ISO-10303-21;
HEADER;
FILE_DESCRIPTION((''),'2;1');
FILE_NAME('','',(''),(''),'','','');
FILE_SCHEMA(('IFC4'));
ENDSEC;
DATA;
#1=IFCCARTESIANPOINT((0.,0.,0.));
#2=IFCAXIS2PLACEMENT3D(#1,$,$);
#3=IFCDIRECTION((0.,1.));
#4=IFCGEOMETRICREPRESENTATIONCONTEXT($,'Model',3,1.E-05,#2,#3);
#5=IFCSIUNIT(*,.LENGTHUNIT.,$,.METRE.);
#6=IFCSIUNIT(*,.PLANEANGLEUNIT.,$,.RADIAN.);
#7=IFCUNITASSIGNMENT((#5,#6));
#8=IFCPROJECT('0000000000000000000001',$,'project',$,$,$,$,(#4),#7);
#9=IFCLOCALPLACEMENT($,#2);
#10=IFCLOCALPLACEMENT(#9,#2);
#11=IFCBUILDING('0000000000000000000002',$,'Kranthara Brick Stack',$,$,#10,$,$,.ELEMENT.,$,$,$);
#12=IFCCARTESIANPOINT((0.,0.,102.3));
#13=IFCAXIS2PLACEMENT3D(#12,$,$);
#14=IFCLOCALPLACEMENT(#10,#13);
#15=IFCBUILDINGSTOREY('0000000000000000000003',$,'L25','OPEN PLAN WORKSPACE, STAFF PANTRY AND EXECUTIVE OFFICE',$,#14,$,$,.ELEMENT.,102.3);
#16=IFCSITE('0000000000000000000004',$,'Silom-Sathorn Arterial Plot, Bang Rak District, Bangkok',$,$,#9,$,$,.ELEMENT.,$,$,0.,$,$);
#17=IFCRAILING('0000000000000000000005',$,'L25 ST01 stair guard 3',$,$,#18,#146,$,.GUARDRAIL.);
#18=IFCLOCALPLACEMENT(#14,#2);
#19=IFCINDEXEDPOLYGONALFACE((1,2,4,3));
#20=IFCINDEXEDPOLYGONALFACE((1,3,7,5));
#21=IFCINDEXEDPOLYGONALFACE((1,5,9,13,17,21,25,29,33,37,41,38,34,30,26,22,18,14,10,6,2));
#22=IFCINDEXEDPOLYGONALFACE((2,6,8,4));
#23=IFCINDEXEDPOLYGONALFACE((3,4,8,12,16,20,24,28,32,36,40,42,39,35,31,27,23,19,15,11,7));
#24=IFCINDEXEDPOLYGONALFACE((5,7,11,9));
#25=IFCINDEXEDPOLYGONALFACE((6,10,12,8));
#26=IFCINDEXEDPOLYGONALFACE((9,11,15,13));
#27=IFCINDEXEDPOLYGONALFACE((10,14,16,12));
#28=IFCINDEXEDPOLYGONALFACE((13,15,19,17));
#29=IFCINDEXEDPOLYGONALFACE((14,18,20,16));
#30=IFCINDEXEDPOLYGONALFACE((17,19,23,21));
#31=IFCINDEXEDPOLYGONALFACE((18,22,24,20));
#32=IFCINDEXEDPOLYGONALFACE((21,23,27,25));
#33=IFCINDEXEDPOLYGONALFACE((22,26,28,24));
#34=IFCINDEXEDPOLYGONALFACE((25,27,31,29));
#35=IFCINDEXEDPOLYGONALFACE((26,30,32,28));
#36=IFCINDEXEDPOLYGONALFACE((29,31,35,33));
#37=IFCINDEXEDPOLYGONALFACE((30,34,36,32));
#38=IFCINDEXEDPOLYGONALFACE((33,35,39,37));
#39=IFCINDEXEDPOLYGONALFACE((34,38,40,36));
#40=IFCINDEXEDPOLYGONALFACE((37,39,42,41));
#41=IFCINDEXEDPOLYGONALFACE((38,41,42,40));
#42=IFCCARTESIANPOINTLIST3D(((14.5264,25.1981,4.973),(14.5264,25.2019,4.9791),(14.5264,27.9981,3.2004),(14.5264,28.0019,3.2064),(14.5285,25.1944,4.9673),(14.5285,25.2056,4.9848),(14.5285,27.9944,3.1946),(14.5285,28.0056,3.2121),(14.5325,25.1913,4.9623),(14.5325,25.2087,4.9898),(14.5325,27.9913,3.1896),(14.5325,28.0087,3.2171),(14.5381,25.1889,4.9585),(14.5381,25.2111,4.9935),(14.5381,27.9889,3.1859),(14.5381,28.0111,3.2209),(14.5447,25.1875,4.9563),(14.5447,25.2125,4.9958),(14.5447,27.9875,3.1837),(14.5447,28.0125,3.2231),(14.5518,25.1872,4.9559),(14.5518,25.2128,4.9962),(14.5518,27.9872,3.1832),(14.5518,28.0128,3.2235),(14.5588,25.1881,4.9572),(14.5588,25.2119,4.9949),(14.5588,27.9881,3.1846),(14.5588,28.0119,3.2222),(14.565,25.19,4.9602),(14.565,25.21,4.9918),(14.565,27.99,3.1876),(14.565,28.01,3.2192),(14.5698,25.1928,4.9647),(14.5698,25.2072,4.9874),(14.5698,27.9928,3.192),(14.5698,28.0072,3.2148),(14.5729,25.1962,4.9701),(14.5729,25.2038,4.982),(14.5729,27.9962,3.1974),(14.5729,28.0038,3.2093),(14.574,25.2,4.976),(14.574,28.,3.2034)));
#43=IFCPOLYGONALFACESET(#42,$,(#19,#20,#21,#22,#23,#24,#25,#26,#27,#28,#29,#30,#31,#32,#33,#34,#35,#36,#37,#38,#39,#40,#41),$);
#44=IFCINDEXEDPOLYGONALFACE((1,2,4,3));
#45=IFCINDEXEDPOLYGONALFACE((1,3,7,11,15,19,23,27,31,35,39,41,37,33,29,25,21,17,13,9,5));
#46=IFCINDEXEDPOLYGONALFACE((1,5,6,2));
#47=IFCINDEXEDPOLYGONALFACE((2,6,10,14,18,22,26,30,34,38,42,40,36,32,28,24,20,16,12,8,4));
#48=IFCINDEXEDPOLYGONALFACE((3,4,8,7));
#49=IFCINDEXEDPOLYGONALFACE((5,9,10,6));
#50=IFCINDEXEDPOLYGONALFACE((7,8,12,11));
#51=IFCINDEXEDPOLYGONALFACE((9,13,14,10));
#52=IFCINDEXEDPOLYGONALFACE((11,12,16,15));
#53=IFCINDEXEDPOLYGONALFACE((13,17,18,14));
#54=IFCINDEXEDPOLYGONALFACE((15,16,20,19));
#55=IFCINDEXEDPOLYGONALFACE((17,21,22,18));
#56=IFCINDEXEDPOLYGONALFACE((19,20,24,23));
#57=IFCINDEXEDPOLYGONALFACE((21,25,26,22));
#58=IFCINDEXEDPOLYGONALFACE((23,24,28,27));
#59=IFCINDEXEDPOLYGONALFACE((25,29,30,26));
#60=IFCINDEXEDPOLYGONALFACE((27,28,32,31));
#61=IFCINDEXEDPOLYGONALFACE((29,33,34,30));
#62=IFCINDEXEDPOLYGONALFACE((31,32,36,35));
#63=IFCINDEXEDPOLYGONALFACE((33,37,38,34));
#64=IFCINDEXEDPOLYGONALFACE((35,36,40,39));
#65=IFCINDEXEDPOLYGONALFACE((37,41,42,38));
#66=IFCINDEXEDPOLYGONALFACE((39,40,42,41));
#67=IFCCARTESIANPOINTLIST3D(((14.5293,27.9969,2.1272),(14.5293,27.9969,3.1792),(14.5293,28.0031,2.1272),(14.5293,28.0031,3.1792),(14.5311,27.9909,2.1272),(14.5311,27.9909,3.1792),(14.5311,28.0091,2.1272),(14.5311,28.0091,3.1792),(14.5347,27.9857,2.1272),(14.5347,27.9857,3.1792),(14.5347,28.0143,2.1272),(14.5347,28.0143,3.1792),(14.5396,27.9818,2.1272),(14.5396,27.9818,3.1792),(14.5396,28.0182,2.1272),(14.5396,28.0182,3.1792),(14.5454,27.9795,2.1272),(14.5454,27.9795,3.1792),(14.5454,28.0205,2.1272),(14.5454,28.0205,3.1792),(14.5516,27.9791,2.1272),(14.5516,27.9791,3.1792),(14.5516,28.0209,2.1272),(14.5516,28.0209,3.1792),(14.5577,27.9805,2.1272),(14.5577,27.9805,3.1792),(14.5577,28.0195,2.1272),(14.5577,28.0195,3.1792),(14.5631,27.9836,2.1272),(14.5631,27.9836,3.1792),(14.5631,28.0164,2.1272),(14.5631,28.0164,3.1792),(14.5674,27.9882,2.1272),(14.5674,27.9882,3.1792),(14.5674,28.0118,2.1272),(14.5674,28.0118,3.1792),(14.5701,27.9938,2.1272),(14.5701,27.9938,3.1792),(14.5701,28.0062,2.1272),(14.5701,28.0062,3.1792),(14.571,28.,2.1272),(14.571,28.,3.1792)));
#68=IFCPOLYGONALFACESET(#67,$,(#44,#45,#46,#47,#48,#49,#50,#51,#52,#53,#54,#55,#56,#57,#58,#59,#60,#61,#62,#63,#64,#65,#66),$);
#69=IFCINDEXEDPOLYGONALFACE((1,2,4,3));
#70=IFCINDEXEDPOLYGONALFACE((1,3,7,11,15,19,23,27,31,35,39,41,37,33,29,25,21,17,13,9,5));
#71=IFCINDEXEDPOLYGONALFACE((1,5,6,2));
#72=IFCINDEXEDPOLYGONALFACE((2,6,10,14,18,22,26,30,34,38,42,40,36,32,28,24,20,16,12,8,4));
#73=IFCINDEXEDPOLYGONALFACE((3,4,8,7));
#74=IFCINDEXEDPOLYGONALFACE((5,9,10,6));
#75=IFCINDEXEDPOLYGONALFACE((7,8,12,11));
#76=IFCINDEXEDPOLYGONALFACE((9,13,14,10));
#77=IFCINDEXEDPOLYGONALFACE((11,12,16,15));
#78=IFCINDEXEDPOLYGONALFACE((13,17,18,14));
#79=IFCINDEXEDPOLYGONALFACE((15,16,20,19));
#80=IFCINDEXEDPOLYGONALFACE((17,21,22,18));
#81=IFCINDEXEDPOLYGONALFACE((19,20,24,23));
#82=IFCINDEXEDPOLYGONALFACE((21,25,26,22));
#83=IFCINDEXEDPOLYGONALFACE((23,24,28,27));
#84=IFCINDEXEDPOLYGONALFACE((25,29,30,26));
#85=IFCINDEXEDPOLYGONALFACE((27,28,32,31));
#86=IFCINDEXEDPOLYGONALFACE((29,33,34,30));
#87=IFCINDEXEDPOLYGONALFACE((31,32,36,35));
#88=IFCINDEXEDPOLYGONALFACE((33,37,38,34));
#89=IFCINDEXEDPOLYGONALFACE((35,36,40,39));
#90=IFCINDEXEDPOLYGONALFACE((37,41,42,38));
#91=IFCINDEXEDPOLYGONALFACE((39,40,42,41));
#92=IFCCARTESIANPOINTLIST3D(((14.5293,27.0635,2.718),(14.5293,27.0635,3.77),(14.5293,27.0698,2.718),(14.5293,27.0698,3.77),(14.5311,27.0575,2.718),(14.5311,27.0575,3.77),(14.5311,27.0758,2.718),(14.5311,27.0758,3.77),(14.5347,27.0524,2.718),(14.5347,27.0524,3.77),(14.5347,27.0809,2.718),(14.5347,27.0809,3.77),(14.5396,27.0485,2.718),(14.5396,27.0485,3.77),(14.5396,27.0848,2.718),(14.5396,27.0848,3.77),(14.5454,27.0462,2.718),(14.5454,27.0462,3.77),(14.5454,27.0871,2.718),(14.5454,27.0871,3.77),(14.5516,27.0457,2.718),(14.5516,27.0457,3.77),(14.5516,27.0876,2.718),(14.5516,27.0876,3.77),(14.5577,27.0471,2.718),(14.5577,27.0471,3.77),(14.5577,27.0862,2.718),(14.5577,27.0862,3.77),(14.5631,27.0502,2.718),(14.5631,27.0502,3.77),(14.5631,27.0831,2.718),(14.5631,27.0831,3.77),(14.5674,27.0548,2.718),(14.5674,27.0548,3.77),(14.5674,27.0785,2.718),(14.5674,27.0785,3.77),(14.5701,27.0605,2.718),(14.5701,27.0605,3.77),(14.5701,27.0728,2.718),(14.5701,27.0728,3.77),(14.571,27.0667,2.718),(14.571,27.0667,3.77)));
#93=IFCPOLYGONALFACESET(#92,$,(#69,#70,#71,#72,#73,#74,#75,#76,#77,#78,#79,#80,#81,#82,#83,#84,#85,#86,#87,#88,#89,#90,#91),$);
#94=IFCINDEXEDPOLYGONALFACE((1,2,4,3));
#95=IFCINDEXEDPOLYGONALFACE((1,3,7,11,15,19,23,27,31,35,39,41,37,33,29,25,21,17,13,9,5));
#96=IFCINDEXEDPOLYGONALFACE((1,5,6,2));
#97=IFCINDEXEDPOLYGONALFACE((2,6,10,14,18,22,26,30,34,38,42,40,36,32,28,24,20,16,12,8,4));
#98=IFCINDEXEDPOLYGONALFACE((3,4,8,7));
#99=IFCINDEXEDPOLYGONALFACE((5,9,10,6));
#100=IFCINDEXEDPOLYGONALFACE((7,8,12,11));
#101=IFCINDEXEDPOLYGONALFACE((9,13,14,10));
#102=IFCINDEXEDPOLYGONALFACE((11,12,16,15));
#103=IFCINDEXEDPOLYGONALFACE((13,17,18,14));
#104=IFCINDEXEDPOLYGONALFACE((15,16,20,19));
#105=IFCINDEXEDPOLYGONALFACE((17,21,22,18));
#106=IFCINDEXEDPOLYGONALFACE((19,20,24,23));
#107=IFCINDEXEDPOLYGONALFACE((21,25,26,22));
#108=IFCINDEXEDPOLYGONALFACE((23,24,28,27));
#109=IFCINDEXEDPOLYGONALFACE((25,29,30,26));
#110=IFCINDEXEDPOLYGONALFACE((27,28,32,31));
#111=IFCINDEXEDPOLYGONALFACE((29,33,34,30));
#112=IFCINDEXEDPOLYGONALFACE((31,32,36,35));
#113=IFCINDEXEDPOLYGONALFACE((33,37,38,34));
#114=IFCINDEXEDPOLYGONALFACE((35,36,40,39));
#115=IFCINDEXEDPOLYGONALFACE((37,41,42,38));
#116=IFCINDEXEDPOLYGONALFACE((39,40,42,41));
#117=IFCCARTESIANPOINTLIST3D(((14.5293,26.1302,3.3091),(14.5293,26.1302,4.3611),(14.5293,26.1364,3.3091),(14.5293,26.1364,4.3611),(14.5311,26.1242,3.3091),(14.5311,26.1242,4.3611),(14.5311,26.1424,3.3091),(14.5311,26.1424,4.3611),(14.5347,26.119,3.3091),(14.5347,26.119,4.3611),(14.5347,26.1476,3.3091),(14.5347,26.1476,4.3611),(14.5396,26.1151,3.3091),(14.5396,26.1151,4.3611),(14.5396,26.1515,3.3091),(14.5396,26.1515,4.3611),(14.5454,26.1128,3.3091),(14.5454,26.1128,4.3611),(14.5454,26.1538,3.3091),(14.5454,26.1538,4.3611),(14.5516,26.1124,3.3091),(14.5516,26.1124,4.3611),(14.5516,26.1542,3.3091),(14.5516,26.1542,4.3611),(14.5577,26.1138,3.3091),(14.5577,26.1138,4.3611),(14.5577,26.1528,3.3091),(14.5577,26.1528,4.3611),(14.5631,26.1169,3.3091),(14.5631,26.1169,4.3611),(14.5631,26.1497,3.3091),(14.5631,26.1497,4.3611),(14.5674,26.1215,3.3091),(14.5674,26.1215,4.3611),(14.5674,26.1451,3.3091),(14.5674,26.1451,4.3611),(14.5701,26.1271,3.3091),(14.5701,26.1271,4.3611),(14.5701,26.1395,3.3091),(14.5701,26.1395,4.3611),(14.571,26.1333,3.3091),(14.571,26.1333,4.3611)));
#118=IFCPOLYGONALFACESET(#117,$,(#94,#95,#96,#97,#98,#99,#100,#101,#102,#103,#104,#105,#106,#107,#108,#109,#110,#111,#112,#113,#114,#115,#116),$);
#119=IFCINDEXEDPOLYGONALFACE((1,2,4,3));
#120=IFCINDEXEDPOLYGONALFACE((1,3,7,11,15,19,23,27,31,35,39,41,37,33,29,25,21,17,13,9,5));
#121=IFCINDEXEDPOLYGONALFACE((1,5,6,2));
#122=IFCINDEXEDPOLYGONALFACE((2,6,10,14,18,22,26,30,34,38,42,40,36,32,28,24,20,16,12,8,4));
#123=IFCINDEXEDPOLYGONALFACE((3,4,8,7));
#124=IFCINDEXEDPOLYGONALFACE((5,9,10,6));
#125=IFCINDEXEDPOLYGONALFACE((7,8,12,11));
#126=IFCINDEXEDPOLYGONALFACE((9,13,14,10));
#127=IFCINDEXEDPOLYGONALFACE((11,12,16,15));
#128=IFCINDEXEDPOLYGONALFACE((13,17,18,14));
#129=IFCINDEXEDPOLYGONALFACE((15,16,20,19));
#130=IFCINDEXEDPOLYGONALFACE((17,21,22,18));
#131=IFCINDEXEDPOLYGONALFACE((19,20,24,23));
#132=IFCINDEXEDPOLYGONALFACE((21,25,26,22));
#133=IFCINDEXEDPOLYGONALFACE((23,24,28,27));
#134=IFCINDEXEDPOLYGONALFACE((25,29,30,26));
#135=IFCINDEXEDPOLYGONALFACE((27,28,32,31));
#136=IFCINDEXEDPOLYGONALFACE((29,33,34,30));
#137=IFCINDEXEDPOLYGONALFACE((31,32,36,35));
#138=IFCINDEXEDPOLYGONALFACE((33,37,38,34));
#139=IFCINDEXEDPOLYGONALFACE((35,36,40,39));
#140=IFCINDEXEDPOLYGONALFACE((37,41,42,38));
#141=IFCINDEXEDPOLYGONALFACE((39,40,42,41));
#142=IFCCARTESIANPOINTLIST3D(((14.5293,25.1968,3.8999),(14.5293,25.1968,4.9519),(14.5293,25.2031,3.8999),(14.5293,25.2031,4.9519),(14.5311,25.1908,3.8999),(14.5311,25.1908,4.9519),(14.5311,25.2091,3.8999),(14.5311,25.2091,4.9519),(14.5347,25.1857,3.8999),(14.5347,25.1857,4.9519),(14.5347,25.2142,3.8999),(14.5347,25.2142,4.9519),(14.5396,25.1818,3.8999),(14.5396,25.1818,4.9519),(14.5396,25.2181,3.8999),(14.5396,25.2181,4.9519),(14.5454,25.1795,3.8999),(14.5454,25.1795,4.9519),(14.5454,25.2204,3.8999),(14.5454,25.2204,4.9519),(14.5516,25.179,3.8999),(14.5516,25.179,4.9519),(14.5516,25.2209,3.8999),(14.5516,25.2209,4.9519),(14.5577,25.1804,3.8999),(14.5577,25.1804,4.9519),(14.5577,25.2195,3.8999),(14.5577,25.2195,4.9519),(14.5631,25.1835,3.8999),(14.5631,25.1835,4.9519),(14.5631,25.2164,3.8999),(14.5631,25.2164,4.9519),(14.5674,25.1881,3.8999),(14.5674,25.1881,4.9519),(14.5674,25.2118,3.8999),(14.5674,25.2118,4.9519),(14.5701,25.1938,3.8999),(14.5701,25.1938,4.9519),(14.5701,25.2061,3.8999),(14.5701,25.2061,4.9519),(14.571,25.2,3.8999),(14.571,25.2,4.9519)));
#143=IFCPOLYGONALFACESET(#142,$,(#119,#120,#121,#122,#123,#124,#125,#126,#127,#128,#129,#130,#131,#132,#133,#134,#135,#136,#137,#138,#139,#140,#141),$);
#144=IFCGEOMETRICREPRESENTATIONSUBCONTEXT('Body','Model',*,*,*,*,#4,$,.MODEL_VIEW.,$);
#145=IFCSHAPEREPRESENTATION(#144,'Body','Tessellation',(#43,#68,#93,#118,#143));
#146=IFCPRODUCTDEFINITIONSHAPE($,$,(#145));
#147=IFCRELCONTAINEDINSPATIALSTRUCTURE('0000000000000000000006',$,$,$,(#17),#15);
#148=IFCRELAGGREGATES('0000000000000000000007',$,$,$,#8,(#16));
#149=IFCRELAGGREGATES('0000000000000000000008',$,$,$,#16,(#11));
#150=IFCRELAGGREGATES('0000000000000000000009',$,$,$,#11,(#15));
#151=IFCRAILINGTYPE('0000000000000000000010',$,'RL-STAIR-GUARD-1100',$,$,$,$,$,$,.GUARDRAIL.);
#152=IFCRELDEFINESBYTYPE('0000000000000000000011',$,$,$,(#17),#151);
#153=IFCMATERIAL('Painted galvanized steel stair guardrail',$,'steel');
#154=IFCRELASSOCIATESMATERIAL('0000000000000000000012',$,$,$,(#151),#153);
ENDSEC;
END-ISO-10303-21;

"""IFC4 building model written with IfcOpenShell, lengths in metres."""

from ifc_helpers import new_model, si_unit, direction, frame, origin, origin_2d, place, context, subcontext, project, spatial, circle, extrude, material, type_object, element, save


model = new_model("IFC4")

# Units and contexts
model_context = context("Model", 3, precision=1e-05, world=origin(), true_north=direction((0.0, 1.0)))
body_context = subcontext(model_context, "Body", "Model", "MODEL_VIEW")
ifc_project = project(units=[si_unit("LENGTHUNIT", "METRE"), si_unit("PLANEANGLEUNIT", "RADIAN")], contexts=[model_context])

# Site, building, storey
site_placement = place(None, origin())
site = spatial("IfcSite", under=ifc_project, at=site_placement, Name="Silom-Sathorn Arterial Plot, Bang Rak District, Bangkok", CompositionType="ELEMENT", RefElevation=0.0)
building_placement = place(site_placement, origin())
building = spatial("IfcBuilding", under=site, at=building_placement, Name="Kranthara Brick Stack", CompositionType="ELEMENT")
storey_placement = place(building_placement, frame((0.0, 0.0, 102.3)))
storey = spatial("IfcBuildingStorey", under=building, at=storey_placement, Name="L25", Description="OPEN PLAN WORKSPACE, STAFF PANTRY AND EXECUTIVE OFFICE", CompositionType="ELEMENT", Elevation=102.3)

# Railing
ifc_material_1 = material(Name="Painted galvanized steel stair guardrail", Category="steel")
railing_type_1 = type_object("IfcRailingType", Name="RL-STAIR-GUARD-1100", PredefinedType="GUARDRAIL", material=ifc_material_1)
railing_1_placement = place(storey_placement, frame((14.55, 28.0, 2.1272)))
element("IfcRailing", 1, at=railing_1_placement, inside=storey, type_object=railing_type_1, Name="L25 ST01 stair guard 3", PredefinedType="GUARDRAIL", context=body_context, shape_type="SweptSolid", body=[
    extrude(circle(Radius=0.0239, at=origin_2d()), frame((0.0, 0.0, 1.0762), z_axis=(0.0, -0.844909, 0.53491), x_axis=(1.0, 0.0, 0.0)), (0.0, 0.0, 1.0), 3.314),
    extrude(circle(Radius=0.021, at=origin_2d()), origin(), (0.0, 0.0, 1.0), 1.052),
    extrude(circle(Radius=0.021, at=origin_2d()), frame((0.0, -0.9333, 0.5908)), (0.0, 0.0, 1.0), 1.052),
    extrude(circle(Radius=0.021, at=origin_2d()), frame((0.0, -1.8667, 1.1819)), (0.0, 0.0, 1.0), 1.052),
    extrude(circle(Radius=0.021, at=origin_2d()), frame((0.0, -2.8, 1.7727)), (0.0, 0.0, 1.0), 1.052),
])

save(model, "model.ifc")
